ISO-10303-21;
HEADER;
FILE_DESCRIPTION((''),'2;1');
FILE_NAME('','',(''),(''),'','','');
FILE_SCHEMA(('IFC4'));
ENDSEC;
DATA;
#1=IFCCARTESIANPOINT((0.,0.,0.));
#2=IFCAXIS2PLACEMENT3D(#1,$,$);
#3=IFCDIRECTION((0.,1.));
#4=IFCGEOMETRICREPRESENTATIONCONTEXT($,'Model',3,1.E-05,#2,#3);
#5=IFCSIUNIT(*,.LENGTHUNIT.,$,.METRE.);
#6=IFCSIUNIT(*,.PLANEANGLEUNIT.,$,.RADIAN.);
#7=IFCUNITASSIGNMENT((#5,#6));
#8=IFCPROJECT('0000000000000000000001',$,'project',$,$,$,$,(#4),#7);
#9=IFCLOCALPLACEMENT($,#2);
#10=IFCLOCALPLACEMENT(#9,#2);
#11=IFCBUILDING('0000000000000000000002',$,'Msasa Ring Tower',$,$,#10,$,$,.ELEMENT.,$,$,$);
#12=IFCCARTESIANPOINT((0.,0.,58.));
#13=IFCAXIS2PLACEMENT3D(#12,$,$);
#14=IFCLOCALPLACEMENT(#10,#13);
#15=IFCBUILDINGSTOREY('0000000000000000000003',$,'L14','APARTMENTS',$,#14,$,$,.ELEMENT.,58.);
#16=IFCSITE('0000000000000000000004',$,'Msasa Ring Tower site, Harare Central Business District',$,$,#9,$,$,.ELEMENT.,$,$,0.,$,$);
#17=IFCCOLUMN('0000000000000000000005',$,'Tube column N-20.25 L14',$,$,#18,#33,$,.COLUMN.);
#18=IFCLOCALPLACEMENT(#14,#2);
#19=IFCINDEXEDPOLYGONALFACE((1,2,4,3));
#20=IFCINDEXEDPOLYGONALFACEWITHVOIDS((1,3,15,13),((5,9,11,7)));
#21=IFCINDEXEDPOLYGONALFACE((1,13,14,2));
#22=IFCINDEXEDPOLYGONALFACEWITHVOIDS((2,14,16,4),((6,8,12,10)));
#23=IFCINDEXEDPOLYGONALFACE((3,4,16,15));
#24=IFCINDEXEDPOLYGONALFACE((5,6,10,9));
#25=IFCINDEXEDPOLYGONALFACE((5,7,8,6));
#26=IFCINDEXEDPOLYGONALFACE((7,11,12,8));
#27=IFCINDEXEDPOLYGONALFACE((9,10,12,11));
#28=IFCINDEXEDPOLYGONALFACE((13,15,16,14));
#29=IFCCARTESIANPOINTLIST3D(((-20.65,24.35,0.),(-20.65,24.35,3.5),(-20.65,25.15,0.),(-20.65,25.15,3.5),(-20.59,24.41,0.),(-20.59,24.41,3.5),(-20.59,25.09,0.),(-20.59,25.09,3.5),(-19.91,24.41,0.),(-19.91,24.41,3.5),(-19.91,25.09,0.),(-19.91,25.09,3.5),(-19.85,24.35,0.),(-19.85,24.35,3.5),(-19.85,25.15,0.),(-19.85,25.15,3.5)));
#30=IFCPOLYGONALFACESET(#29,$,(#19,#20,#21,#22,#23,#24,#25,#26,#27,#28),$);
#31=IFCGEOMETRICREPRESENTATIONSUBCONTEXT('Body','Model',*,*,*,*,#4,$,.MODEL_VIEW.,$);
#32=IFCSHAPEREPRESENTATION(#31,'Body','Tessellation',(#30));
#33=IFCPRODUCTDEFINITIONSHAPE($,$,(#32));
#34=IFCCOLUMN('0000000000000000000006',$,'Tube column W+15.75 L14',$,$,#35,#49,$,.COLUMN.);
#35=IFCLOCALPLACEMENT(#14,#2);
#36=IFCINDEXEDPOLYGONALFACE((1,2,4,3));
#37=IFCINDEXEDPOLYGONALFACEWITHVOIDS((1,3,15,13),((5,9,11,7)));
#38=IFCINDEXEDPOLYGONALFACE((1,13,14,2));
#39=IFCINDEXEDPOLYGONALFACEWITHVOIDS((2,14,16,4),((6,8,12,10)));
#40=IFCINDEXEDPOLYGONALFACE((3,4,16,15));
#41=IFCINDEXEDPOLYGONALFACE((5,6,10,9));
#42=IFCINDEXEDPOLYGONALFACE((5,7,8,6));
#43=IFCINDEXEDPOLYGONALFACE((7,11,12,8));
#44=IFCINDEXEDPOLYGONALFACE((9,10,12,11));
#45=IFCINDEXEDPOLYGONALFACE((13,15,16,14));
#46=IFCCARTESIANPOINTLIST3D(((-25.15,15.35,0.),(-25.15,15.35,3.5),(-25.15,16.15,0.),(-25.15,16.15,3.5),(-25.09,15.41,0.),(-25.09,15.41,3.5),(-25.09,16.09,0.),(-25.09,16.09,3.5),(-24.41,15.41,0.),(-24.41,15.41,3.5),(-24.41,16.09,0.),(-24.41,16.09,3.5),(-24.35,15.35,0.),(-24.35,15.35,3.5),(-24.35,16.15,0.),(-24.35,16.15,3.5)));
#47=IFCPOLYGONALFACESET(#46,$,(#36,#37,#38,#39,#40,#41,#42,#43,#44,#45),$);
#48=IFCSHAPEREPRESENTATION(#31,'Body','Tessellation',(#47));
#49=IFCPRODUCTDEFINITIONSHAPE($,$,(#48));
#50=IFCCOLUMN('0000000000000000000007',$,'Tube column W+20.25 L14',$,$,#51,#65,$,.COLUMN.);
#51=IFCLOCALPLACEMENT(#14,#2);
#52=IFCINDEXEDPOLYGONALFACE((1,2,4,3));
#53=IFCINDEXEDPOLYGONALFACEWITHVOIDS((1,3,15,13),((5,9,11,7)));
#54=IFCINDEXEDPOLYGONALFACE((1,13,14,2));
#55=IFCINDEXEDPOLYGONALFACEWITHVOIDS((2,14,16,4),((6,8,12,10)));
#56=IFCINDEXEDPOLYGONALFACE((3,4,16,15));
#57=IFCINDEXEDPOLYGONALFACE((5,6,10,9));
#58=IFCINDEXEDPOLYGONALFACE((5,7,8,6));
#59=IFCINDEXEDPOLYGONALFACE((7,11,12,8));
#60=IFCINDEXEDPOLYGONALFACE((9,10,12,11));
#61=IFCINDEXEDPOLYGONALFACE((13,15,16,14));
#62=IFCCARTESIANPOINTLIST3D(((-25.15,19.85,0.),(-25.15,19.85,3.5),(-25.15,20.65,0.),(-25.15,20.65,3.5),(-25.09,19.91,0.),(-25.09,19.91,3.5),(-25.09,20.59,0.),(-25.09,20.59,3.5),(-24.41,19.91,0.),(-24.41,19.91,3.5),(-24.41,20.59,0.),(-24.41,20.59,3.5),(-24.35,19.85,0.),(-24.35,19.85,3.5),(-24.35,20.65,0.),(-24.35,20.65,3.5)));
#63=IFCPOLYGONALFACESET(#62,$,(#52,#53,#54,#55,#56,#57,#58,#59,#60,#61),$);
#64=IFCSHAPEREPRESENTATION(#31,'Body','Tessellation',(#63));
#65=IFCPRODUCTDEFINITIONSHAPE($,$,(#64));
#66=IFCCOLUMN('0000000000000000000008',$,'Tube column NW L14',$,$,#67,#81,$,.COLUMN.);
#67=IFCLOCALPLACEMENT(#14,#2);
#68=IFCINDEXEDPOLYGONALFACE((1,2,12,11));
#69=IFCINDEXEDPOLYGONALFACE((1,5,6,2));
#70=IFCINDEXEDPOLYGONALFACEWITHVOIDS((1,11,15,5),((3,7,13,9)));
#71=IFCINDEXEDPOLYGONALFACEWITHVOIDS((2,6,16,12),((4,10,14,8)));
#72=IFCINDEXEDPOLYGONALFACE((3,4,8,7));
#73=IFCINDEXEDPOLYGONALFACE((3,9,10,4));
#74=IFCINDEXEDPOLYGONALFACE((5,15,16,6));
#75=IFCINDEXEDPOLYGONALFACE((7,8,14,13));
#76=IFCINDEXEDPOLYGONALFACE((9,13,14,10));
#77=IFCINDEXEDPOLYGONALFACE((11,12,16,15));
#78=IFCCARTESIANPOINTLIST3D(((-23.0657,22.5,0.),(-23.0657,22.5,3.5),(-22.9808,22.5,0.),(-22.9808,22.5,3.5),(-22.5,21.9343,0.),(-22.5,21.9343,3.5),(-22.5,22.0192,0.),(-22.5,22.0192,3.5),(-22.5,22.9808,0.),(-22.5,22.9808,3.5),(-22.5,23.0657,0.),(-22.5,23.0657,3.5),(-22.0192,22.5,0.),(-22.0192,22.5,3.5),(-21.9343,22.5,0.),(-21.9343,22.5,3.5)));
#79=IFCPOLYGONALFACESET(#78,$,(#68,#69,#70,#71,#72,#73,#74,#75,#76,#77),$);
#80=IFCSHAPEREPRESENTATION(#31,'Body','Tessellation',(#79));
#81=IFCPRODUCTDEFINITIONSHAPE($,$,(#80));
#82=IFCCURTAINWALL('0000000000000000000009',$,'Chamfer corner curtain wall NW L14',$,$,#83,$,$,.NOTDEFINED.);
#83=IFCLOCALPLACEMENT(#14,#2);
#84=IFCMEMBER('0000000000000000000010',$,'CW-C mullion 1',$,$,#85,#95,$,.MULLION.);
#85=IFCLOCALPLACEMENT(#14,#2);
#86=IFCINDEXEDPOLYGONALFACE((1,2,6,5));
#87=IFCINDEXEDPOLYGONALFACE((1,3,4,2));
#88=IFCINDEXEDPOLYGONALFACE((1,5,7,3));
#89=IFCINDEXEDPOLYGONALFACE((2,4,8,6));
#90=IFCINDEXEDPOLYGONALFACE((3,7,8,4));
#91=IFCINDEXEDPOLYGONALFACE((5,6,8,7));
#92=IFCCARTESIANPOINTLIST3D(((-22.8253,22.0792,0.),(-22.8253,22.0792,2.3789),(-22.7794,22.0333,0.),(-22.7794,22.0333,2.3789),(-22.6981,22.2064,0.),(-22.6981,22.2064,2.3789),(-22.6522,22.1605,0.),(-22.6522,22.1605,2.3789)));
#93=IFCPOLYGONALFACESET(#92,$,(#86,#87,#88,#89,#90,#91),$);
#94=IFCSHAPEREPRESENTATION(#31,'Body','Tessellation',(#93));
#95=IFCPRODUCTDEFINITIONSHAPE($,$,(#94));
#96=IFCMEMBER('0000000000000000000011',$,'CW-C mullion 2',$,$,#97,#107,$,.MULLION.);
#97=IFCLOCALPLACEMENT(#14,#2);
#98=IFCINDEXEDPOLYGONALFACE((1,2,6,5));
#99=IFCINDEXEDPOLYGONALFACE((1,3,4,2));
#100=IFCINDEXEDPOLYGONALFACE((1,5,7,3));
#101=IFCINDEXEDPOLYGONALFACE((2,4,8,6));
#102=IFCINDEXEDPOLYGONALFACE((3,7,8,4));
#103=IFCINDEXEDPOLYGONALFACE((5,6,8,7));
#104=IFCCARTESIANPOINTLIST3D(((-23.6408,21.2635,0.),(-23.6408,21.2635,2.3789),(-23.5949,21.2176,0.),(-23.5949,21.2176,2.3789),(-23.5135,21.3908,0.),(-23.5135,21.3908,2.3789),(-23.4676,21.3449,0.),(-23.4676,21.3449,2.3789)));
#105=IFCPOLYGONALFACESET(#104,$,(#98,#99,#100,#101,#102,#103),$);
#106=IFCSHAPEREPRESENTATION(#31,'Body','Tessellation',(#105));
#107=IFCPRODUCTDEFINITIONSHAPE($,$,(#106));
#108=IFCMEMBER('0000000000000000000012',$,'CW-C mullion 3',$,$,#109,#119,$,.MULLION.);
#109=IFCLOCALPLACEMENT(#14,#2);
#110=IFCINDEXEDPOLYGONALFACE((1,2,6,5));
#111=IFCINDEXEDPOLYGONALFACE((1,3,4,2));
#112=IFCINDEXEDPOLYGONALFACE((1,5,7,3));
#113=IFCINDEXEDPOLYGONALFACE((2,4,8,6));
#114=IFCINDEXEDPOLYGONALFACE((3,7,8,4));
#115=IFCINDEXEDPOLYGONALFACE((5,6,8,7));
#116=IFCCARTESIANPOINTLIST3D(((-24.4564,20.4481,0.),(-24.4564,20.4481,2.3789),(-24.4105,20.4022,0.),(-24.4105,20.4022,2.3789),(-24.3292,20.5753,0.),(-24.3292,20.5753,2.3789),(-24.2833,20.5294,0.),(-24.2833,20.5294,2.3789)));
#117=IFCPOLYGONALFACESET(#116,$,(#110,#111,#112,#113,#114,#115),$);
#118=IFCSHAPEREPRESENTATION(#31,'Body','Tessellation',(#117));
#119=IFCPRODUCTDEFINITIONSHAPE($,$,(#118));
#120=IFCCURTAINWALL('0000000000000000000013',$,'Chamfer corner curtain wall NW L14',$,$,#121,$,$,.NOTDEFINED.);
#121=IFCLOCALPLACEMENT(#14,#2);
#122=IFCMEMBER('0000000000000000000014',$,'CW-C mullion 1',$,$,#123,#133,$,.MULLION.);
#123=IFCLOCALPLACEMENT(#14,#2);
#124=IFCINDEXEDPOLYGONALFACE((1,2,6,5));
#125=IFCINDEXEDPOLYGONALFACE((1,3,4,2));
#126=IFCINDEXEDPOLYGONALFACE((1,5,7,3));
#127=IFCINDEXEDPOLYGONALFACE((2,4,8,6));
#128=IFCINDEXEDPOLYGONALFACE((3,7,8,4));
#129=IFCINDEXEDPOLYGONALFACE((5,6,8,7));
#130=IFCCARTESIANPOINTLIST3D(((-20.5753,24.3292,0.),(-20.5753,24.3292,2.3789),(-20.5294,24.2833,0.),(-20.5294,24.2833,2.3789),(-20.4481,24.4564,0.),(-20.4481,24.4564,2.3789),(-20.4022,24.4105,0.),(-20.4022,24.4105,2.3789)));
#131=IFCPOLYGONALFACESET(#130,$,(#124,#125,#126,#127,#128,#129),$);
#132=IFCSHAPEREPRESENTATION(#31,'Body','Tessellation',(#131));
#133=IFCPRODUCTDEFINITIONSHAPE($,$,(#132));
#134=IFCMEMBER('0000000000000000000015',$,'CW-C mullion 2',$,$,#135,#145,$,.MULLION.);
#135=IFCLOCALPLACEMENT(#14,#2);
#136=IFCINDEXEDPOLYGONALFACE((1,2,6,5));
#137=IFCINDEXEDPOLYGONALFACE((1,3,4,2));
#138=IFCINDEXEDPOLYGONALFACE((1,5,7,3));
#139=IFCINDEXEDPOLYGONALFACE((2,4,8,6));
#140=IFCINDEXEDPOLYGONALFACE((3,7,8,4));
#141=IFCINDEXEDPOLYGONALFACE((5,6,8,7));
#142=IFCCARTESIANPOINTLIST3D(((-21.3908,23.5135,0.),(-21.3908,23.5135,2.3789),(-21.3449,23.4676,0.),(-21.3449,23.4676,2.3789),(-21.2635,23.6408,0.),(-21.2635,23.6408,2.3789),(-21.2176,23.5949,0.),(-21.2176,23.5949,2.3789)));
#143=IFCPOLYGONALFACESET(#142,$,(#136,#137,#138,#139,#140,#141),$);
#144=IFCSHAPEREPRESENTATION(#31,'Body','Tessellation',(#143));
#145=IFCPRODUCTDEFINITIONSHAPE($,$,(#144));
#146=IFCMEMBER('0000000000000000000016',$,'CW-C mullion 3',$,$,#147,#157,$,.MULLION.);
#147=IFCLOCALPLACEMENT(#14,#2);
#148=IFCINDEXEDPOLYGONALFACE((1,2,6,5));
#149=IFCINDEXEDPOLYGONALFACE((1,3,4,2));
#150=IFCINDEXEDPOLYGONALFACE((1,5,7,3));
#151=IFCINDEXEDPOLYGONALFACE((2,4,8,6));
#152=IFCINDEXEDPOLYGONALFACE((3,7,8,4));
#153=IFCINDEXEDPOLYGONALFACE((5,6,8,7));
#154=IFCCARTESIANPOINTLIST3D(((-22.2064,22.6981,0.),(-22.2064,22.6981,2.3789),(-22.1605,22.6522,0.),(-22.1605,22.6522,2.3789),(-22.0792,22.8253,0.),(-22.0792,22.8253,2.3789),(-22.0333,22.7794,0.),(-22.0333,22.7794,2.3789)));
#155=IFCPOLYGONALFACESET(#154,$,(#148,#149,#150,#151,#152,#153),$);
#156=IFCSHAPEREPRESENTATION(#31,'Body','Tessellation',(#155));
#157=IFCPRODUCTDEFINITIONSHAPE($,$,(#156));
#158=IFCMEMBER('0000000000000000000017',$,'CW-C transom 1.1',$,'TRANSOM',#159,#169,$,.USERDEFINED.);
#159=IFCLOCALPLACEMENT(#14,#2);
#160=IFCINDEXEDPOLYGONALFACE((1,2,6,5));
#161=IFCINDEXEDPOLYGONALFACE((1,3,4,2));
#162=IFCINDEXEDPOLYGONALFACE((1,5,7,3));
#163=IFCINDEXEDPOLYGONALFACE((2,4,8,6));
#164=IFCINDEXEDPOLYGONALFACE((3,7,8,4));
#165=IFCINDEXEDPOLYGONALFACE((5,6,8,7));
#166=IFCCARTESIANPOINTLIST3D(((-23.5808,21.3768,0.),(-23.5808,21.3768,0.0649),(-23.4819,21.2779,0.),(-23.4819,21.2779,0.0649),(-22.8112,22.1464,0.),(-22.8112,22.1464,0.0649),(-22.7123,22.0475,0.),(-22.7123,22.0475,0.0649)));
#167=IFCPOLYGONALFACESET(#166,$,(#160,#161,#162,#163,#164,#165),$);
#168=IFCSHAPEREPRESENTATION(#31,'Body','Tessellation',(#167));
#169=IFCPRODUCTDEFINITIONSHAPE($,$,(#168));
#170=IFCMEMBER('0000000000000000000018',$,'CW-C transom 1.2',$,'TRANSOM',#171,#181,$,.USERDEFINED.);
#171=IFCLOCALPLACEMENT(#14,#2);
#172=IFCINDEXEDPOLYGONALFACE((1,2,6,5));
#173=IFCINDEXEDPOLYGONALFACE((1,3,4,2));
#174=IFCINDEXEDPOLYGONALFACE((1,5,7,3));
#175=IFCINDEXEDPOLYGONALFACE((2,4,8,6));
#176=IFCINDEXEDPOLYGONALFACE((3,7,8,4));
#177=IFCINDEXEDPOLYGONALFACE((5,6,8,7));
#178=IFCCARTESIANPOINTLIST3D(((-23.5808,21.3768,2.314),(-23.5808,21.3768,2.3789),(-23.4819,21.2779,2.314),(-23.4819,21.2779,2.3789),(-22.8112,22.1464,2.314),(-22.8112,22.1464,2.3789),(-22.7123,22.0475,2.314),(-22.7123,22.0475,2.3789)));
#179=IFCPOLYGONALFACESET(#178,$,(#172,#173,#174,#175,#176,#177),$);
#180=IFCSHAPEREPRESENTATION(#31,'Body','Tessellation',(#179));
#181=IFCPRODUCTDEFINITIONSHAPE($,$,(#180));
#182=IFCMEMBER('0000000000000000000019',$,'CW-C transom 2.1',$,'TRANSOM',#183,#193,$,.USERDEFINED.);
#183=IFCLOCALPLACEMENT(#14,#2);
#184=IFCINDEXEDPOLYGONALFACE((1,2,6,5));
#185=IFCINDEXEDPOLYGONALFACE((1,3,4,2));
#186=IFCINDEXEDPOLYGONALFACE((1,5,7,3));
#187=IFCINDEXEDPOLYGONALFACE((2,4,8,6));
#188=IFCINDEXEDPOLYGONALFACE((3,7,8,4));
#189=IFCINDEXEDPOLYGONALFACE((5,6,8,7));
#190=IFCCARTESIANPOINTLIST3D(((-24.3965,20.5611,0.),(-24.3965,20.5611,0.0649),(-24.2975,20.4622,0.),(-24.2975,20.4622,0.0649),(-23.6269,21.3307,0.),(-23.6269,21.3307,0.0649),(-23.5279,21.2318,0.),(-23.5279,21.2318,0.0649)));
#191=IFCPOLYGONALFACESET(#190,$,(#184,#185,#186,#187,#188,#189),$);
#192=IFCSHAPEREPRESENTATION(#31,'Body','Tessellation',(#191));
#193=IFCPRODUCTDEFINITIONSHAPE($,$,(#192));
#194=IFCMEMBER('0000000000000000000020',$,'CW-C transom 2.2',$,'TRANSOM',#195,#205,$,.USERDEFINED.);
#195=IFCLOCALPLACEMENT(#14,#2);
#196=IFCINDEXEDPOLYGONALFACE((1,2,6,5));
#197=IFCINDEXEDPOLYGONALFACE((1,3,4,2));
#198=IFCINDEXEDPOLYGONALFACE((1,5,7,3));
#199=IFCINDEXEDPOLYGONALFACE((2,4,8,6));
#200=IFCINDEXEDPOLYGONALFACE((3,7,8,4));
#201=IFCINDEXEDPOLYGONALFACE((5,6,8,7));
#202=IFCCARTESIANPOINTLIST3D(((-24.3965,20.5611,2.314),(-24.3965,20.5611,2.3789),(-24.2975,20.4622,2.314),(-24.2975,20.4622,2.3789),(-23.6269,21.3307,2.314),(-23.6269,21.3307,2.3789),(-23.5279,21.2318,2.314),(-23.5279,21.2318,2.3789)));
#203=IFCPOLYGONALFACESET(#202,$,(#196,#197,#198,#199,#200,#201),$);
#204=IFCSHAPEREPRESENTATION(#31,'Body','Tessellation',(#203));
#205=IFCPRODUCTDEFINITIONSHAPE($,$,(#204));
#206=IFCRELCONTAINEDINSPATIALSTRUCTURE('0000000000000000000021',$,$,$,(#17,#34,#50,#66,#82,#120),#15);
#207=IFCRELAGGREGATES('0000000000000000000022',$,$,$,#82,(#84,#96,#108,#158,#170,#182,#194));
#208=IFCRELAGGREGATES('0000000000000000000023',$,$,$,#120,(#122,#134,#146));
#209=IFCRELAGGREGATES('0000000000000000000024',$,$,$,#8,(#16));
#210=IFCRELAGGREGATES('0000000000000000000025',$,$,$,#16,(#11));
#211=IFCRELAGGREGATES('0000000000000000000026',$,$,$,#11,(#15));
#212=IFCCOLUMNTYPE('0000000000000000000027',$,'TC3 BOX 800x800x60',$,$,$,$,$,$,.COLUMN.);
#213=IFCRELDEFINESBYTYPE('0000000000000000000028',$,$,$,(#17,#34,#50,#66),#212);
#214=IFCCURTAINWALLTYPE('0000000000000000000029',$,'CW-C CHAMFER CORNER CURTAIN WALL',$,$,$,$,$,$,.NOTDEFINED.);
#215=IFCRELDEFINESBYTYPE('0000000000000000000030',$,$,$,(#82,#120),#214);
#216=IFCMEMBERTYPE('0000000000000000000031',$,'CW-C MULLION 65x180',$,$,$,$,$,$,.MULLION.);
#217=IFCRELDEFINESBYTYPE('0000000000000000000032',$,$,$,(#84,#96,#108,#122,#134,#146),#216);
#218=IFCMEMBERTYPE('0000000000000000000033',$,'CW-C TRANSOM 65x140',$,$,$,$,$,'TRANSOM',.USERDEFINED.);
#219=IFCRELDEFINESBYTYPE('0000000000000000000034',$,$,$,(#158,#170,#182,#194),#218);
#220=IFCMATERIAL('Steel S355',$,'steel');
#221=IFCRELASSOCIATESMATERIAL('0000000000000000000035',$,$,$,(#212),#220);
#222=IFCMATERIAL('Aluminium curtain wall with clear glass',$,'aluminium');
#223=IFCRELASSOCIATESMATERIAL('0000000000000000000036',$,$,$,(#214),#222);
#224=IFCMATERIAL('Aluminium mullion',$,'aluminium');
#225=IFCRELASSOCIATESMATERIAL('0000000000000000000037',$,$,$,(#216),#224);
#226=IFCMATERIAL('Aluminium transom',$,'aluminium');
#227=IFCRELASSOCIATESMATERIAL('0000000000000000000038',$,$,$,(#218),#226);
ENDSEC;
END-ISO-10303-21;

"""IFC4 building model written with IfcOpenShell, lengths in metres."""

from ifc_helpers import new_model, si_unit, direction, frame, origin, origin_2d, place, context, subcontext, project, spatial, rectangle, hollow_rectangle, extrude, material, material_profile, profile_set, type_object, element, aggregate, save


model = new_model("IFC4")

# Units and contexts
model_context = context("Model", 3, precision=1e-05, world=origin(), true_north=direction((0.0, 1.0)))
body_context = subcontext(model_context, "Body", "Model", "MODEL_VIEW")
ifc_project = project(units=[si_unit("LENGTHUNIT", "METRE"), si_unit("PLANEANGLEUNIT", "RADIAN")], contexts=[model_context])

# Site, building, storey
site_placement = place(None, origin())
site = spatial("IfcSite", under=ifc_project, at=site_placement, Name="Msasa Ring Tower site, Harare Central Business District", CompositionType="ELEMENT", RefElevation=0.0)
building_placement = place(site_placement, origin())
building = spatial("IfcBuilding", under=site, at=building_placement, Name="Msasa Ring Tower", CompositionType="ELEMENT")
storey_placement = place(building_placement, frame((0.0, 0.0, 58.0)))
storey = spatial("IfcBuildingStorey", under=building, at=storey_placement, Name="L14", Description="APARTMENTS", CompositionType="ELEMENT", Elevation=58.0)

# Columns
ifc_material_1 = material(Name="Steel S355", Category="steel")
ifc_material_profile_1 = material_profile(ifc_material_1, hollow_rectangle(XDim=0.8, YDim=0.8, WallThickness=0.0601, at=origin_2d()), Name="BOX 800x800x60")
ifc_profile_set_1 = profile_set([ifc_material_profile_1], Name="Steel S355")
column_type = type_object("IfcColumnType", Name="TC3 BOX 800x800x60", PredefinedType="COLUMN", material=ifc_profile_set_1)
for number, where, z_axis, x_axis, name in (
    (1, (-20.25, 24.75, 0.0), (0.0, 0.0, 1.0), (0.0, 1.0, 0.0), "Tube column N-20.25 L14"),
    (2, (-24.75, 15.75, 0.0), (0.0, 0.0, 1.0), (1.0, 0.0, 0.0), "Tube column W+15.75 L14"),
    (3, (-24.75, 20.25, 0.0), (0.0, 0.0, 1.0), (1.0, 0.0, 0.0), "Tube column W+20.25 L14"),
    (4, (-22.5, 22.5, 0.0), (0.0, 0.0, 1.0), (0.707107, -0.707107, 0.0), "Tube column NW L14"),
):
    element("IfcColumn", number, at=place(storey_placement, frame(where, z_axis=z_axis, x_axis=x_axis)), inside=storey, type_object=column_type, Name=name, PredefinedType="COLUMN", context=body_context, shape_type="SweptSolid", body=[
        extrude(hollow_rectangle(XDim=0.8, YDim=0.8, WallThickness=0.0601, at=origin_2d()), origin(), (0.0, 0.0, 1.0), 3.5),
    ])

# Curtain walls, members
ifc_material_2 = material(Name="Aluminium curtain wall with clear glass", Category="aluminium")
curtain_wall_type = type_object("IfcCurtainWallType", Name="CW-C CHAMFER CORNER CURTAIN WALL", PredefinedType="NOTDEFINED", material=ifc_material_2)
curtain_wall_1_placement = place(storey_placement, origin())
curtain_wall_1 = element("IfcCurtainWall", 5, at=curtain_wall_1_placement, inside=storey, type_object=curtain_wall_type, Name="Chamfer corner curtain wall NW L14", PredefinedType="NOTDEFINED")
ifc_material_3 = material(Name="Aluminium mullion", Category="aluminium")
ifc_material_profile_2 = material_profile(ifc_material_3, rectangle(XDim=0.0649, YDim=0.1799, at=origin_2d()), Name="AL 65x180")
ifc_profile_set_2 = profile_set([ifc_material_profile_2], Name="Aluminium mullion")
member_type_1 = type_object("IfcMemberType", Name="CW-C MULLION 65x180", PredefinedType="MULLION", material=ifc_profile_set_2)
member_1_placement = place(storey_placement, frame((-22.7388, 22.1199, 0.0), z_axis=(0.0, 0.0, 1.0), x_axis=(0.707107, -0.707107, 0.0)))
member_1 = element("IfcMember", 6, at=member_1_placement, type_object=member_type_1, Name="CW-C mullion 1", PredefinedType="MULLION", context=body_context, shape_type="SweptSolid", body=[
    extrude(rectangle(XDim=0.0649, YDim=0.1799, at=origin_2d()), origin(), (0.0, 0.0, 1.0), 2.3789),
])
member_2_placement = place(storey_placement, frame((-23.5542, 21.3042, 0.0), z_axis=(0.0, 0.0, 1.0), x_axis=(0.707107, -0.707107, 0.0)))
member_2 = element("IfcMember", 7, at=member_2_placement, type_object=member_type_1, Name="CW-C mullion 2", PredefinedType="MULLION", context=body_context, shape_type="SweptSolid", body=[
    extrude(rectangle(XDim=0.0649, YDim=0.1799, at=origin_2d()), origin(), (0.0, 0.0, 1.0), 2.3789),
])
member_3_placement = place(storey_placement, frame((-24.3699, 20.4888, 0.0), z_axis=(0.0, 0.0, 1.0), x_axis=(0.707107, -0.707107, 0.0)))
member_3 = element("IfcMember", 8, at=member_3_placement, type_object=member_type_1, Name="CW-C mullion 3", PredefinedType="MULLION", context=body_context, shape_type="SweptSolid", body=[
    extrude(rectangle(XDim=0.0649, YDim=0.1799, at=origin_2d()), origin(), (0.0, 0.0, 1.0), 2.3789),
])
curtain_wall_2_placement = place(storey_placement, origin())
curtain_wall_2 = element("IfcCurtainWall", 9, at=curtain_wall_2_placement, inside=storey, type_object=curtain_wall_type, Name="Chamfer corner curtain wall NW L14", PredefinedType="NOTDEFINED")
member_4_placement = place(storey_placement, frame((-20.4888, 24.3699, 0.0), z_axis=(0.0, 0.0, 1.0), x_axis=(0.707107, -0.707107, 0.0)))
member_4 = element("IfcMember", 10, at=member_4_placement, type_object=member_type_1, Name="CW-C mullion 1", PredefinedType="MULLION", context=body_context, shape_type="SweptSolid", body=[
    extrude(rectangle(XDim=0.0649, YDim=0.1799, at=origin_2d()), origin(), (0.0, 0.0, 1.0), 2.3789),
])
member_5_placement = place(storey_placement, frame((-21.3042, 23.5542, 0.0), z_axis=(0.0, 0.0, 1.0), x_axis=(0.707107, -0.707107, 0.0)))
member_5 = element("IfcMember", 11, at=member_5_placement, type_object=member_type_1, Name="CW-C mullion 2", PredefinedType="MULLION", context=body_context, shape_type="SweptSolid", body=[
    extrude(rectangle(XDim=0.0649, YDim=0.1799, at=origin_2d()), origin(), (0.0, 0.0, 1.0), 2.3789),
])
member_6_placement = place(storey_placement, frame((-22.1199, 22.7388, 0.0), z_axis=(0.0, 0.0, 1.0), x_axis=(0.707107, -0.707107, 0.0)))
member_6 = element("IfcMember", 12, at=member_6_placement, type_object=member_type_1, Name="CW-C mullion 3", PredefinedType="MULLION", context=body_context, shape_type="SweptSolid", body=[
    extrude(rectangle(XDim=0.0649, YDim=0.1799, at=origin_2d()), origin(), (0.0, 0.0, 1.0), 2.3789),
])

# Members
ifc_material_4 = material(Name="Aluminium transom", Category="aluminium")
ifc_material_profile_3 = material_profile(ifc_material_4, rectangle(XDim=0.1399, YDim=0.0649, at=origin_2d()), Name="AL 65x140")
ifc_profile_set_3 = profile_set([ifc_material_profile_3], Name="Aluminium transom")
member_type_2 = type_object("IfcMemberType", Name="CW-C TRANSOM 65x140", ElementType="TRANSOM", PredefinedType="USERDEFINED", material=ifc_profile_set_3)
member_7_placement = place(storey_placement, frame((-22.7617, 22.0969, 0.0325), z_axis=(-0.707107, -0.707107, 0.0), x_axis=(0.707107, -0.707107, 0.0)))
member_7 = element("IfcMember", 13, at=member_7_placement, type_object=member_type_2, Name="CW-C transom 1.1", ObjectType="TRANSOM", PredefinedType="USERDEFINED", context=body_context, shape_type="SweptSolid", body=[
    extrude(rectangle(XDim=0.1399, YDim=0.0649, at=origin_2d()), origin(), (0.0, 0.0, 1.0), 1.0884),
])
member_8_placement = place(storey_placement, frame((-22.7617, 22.0969, 2.3464), z_axis=(-0.707107, -0.707107, 0.0), x_axis=(0.707107, -0.707107, 0.0)))
member_8 = element("IfcMember", 14, at=member_8_placement, type_object=member_type_2, Name="CW-C transom 1.2", ObjectType="TRANSOM", PredefinedType="USERDEFINED", context=body_context, shape_type="SweptSolid", body=[
    extrude(rectangle(XDim=0.1399, YDim=0.0649, at=origin_2d()), origin(), (0.0, 0.0, 1.0), 1.0884),
])
member_9_placement = place(storey_placement, frame((-23.5774, 21.2812, 0.0325), z_axis=(-0.707107, -0.707107, 0.0), x_axis=(0.707107, -0.707107, 0.0)))
member_9 = element("IfcMember", 15, at=member_9_placement, type_object=member_type_2, Name="CW-C transom 2.1", ObjectType="TRANSOM", PredefinedType="USERDEFINED", context=body_context, shape_type="SweptSolid", body=[
    extrude(rectangle(XDim=0.1399, YDim=0.0649, at=origin_2d()), origin(), (0.0, 0.0, 1.0), 1.0884),
])
member_10_placement = place(storey_placement, frame((-23.5774, 21.2812, 2.3464), z_axis=(-0.707107, -0.707107, 0.0), x_axis=(0.707107, -0.707107, 0.0)))
member_10 = element("IfcMember", 16, at=member_10_placement, type_object=member_type_2, Name="CW-C transom 2.2", ObjectType="TRANSOM", PredefinedType="USERDEFINED", context=body_context, shape_type="SweptSolid", body=[
    extrude(rectangle(XDim=0.1399, YDim=0.0649, at=origin_2d()), origin(), (0.0, 0.0, 1.0), 1.0884),
])

aggregate(curtain_wall_1, [member_1, member_2, member_3, member_7, member_8, member_9, member_10])
aggregate(curtain_wall_2, [member_4, member_5, member_6])

save(model, "model.ifc")
